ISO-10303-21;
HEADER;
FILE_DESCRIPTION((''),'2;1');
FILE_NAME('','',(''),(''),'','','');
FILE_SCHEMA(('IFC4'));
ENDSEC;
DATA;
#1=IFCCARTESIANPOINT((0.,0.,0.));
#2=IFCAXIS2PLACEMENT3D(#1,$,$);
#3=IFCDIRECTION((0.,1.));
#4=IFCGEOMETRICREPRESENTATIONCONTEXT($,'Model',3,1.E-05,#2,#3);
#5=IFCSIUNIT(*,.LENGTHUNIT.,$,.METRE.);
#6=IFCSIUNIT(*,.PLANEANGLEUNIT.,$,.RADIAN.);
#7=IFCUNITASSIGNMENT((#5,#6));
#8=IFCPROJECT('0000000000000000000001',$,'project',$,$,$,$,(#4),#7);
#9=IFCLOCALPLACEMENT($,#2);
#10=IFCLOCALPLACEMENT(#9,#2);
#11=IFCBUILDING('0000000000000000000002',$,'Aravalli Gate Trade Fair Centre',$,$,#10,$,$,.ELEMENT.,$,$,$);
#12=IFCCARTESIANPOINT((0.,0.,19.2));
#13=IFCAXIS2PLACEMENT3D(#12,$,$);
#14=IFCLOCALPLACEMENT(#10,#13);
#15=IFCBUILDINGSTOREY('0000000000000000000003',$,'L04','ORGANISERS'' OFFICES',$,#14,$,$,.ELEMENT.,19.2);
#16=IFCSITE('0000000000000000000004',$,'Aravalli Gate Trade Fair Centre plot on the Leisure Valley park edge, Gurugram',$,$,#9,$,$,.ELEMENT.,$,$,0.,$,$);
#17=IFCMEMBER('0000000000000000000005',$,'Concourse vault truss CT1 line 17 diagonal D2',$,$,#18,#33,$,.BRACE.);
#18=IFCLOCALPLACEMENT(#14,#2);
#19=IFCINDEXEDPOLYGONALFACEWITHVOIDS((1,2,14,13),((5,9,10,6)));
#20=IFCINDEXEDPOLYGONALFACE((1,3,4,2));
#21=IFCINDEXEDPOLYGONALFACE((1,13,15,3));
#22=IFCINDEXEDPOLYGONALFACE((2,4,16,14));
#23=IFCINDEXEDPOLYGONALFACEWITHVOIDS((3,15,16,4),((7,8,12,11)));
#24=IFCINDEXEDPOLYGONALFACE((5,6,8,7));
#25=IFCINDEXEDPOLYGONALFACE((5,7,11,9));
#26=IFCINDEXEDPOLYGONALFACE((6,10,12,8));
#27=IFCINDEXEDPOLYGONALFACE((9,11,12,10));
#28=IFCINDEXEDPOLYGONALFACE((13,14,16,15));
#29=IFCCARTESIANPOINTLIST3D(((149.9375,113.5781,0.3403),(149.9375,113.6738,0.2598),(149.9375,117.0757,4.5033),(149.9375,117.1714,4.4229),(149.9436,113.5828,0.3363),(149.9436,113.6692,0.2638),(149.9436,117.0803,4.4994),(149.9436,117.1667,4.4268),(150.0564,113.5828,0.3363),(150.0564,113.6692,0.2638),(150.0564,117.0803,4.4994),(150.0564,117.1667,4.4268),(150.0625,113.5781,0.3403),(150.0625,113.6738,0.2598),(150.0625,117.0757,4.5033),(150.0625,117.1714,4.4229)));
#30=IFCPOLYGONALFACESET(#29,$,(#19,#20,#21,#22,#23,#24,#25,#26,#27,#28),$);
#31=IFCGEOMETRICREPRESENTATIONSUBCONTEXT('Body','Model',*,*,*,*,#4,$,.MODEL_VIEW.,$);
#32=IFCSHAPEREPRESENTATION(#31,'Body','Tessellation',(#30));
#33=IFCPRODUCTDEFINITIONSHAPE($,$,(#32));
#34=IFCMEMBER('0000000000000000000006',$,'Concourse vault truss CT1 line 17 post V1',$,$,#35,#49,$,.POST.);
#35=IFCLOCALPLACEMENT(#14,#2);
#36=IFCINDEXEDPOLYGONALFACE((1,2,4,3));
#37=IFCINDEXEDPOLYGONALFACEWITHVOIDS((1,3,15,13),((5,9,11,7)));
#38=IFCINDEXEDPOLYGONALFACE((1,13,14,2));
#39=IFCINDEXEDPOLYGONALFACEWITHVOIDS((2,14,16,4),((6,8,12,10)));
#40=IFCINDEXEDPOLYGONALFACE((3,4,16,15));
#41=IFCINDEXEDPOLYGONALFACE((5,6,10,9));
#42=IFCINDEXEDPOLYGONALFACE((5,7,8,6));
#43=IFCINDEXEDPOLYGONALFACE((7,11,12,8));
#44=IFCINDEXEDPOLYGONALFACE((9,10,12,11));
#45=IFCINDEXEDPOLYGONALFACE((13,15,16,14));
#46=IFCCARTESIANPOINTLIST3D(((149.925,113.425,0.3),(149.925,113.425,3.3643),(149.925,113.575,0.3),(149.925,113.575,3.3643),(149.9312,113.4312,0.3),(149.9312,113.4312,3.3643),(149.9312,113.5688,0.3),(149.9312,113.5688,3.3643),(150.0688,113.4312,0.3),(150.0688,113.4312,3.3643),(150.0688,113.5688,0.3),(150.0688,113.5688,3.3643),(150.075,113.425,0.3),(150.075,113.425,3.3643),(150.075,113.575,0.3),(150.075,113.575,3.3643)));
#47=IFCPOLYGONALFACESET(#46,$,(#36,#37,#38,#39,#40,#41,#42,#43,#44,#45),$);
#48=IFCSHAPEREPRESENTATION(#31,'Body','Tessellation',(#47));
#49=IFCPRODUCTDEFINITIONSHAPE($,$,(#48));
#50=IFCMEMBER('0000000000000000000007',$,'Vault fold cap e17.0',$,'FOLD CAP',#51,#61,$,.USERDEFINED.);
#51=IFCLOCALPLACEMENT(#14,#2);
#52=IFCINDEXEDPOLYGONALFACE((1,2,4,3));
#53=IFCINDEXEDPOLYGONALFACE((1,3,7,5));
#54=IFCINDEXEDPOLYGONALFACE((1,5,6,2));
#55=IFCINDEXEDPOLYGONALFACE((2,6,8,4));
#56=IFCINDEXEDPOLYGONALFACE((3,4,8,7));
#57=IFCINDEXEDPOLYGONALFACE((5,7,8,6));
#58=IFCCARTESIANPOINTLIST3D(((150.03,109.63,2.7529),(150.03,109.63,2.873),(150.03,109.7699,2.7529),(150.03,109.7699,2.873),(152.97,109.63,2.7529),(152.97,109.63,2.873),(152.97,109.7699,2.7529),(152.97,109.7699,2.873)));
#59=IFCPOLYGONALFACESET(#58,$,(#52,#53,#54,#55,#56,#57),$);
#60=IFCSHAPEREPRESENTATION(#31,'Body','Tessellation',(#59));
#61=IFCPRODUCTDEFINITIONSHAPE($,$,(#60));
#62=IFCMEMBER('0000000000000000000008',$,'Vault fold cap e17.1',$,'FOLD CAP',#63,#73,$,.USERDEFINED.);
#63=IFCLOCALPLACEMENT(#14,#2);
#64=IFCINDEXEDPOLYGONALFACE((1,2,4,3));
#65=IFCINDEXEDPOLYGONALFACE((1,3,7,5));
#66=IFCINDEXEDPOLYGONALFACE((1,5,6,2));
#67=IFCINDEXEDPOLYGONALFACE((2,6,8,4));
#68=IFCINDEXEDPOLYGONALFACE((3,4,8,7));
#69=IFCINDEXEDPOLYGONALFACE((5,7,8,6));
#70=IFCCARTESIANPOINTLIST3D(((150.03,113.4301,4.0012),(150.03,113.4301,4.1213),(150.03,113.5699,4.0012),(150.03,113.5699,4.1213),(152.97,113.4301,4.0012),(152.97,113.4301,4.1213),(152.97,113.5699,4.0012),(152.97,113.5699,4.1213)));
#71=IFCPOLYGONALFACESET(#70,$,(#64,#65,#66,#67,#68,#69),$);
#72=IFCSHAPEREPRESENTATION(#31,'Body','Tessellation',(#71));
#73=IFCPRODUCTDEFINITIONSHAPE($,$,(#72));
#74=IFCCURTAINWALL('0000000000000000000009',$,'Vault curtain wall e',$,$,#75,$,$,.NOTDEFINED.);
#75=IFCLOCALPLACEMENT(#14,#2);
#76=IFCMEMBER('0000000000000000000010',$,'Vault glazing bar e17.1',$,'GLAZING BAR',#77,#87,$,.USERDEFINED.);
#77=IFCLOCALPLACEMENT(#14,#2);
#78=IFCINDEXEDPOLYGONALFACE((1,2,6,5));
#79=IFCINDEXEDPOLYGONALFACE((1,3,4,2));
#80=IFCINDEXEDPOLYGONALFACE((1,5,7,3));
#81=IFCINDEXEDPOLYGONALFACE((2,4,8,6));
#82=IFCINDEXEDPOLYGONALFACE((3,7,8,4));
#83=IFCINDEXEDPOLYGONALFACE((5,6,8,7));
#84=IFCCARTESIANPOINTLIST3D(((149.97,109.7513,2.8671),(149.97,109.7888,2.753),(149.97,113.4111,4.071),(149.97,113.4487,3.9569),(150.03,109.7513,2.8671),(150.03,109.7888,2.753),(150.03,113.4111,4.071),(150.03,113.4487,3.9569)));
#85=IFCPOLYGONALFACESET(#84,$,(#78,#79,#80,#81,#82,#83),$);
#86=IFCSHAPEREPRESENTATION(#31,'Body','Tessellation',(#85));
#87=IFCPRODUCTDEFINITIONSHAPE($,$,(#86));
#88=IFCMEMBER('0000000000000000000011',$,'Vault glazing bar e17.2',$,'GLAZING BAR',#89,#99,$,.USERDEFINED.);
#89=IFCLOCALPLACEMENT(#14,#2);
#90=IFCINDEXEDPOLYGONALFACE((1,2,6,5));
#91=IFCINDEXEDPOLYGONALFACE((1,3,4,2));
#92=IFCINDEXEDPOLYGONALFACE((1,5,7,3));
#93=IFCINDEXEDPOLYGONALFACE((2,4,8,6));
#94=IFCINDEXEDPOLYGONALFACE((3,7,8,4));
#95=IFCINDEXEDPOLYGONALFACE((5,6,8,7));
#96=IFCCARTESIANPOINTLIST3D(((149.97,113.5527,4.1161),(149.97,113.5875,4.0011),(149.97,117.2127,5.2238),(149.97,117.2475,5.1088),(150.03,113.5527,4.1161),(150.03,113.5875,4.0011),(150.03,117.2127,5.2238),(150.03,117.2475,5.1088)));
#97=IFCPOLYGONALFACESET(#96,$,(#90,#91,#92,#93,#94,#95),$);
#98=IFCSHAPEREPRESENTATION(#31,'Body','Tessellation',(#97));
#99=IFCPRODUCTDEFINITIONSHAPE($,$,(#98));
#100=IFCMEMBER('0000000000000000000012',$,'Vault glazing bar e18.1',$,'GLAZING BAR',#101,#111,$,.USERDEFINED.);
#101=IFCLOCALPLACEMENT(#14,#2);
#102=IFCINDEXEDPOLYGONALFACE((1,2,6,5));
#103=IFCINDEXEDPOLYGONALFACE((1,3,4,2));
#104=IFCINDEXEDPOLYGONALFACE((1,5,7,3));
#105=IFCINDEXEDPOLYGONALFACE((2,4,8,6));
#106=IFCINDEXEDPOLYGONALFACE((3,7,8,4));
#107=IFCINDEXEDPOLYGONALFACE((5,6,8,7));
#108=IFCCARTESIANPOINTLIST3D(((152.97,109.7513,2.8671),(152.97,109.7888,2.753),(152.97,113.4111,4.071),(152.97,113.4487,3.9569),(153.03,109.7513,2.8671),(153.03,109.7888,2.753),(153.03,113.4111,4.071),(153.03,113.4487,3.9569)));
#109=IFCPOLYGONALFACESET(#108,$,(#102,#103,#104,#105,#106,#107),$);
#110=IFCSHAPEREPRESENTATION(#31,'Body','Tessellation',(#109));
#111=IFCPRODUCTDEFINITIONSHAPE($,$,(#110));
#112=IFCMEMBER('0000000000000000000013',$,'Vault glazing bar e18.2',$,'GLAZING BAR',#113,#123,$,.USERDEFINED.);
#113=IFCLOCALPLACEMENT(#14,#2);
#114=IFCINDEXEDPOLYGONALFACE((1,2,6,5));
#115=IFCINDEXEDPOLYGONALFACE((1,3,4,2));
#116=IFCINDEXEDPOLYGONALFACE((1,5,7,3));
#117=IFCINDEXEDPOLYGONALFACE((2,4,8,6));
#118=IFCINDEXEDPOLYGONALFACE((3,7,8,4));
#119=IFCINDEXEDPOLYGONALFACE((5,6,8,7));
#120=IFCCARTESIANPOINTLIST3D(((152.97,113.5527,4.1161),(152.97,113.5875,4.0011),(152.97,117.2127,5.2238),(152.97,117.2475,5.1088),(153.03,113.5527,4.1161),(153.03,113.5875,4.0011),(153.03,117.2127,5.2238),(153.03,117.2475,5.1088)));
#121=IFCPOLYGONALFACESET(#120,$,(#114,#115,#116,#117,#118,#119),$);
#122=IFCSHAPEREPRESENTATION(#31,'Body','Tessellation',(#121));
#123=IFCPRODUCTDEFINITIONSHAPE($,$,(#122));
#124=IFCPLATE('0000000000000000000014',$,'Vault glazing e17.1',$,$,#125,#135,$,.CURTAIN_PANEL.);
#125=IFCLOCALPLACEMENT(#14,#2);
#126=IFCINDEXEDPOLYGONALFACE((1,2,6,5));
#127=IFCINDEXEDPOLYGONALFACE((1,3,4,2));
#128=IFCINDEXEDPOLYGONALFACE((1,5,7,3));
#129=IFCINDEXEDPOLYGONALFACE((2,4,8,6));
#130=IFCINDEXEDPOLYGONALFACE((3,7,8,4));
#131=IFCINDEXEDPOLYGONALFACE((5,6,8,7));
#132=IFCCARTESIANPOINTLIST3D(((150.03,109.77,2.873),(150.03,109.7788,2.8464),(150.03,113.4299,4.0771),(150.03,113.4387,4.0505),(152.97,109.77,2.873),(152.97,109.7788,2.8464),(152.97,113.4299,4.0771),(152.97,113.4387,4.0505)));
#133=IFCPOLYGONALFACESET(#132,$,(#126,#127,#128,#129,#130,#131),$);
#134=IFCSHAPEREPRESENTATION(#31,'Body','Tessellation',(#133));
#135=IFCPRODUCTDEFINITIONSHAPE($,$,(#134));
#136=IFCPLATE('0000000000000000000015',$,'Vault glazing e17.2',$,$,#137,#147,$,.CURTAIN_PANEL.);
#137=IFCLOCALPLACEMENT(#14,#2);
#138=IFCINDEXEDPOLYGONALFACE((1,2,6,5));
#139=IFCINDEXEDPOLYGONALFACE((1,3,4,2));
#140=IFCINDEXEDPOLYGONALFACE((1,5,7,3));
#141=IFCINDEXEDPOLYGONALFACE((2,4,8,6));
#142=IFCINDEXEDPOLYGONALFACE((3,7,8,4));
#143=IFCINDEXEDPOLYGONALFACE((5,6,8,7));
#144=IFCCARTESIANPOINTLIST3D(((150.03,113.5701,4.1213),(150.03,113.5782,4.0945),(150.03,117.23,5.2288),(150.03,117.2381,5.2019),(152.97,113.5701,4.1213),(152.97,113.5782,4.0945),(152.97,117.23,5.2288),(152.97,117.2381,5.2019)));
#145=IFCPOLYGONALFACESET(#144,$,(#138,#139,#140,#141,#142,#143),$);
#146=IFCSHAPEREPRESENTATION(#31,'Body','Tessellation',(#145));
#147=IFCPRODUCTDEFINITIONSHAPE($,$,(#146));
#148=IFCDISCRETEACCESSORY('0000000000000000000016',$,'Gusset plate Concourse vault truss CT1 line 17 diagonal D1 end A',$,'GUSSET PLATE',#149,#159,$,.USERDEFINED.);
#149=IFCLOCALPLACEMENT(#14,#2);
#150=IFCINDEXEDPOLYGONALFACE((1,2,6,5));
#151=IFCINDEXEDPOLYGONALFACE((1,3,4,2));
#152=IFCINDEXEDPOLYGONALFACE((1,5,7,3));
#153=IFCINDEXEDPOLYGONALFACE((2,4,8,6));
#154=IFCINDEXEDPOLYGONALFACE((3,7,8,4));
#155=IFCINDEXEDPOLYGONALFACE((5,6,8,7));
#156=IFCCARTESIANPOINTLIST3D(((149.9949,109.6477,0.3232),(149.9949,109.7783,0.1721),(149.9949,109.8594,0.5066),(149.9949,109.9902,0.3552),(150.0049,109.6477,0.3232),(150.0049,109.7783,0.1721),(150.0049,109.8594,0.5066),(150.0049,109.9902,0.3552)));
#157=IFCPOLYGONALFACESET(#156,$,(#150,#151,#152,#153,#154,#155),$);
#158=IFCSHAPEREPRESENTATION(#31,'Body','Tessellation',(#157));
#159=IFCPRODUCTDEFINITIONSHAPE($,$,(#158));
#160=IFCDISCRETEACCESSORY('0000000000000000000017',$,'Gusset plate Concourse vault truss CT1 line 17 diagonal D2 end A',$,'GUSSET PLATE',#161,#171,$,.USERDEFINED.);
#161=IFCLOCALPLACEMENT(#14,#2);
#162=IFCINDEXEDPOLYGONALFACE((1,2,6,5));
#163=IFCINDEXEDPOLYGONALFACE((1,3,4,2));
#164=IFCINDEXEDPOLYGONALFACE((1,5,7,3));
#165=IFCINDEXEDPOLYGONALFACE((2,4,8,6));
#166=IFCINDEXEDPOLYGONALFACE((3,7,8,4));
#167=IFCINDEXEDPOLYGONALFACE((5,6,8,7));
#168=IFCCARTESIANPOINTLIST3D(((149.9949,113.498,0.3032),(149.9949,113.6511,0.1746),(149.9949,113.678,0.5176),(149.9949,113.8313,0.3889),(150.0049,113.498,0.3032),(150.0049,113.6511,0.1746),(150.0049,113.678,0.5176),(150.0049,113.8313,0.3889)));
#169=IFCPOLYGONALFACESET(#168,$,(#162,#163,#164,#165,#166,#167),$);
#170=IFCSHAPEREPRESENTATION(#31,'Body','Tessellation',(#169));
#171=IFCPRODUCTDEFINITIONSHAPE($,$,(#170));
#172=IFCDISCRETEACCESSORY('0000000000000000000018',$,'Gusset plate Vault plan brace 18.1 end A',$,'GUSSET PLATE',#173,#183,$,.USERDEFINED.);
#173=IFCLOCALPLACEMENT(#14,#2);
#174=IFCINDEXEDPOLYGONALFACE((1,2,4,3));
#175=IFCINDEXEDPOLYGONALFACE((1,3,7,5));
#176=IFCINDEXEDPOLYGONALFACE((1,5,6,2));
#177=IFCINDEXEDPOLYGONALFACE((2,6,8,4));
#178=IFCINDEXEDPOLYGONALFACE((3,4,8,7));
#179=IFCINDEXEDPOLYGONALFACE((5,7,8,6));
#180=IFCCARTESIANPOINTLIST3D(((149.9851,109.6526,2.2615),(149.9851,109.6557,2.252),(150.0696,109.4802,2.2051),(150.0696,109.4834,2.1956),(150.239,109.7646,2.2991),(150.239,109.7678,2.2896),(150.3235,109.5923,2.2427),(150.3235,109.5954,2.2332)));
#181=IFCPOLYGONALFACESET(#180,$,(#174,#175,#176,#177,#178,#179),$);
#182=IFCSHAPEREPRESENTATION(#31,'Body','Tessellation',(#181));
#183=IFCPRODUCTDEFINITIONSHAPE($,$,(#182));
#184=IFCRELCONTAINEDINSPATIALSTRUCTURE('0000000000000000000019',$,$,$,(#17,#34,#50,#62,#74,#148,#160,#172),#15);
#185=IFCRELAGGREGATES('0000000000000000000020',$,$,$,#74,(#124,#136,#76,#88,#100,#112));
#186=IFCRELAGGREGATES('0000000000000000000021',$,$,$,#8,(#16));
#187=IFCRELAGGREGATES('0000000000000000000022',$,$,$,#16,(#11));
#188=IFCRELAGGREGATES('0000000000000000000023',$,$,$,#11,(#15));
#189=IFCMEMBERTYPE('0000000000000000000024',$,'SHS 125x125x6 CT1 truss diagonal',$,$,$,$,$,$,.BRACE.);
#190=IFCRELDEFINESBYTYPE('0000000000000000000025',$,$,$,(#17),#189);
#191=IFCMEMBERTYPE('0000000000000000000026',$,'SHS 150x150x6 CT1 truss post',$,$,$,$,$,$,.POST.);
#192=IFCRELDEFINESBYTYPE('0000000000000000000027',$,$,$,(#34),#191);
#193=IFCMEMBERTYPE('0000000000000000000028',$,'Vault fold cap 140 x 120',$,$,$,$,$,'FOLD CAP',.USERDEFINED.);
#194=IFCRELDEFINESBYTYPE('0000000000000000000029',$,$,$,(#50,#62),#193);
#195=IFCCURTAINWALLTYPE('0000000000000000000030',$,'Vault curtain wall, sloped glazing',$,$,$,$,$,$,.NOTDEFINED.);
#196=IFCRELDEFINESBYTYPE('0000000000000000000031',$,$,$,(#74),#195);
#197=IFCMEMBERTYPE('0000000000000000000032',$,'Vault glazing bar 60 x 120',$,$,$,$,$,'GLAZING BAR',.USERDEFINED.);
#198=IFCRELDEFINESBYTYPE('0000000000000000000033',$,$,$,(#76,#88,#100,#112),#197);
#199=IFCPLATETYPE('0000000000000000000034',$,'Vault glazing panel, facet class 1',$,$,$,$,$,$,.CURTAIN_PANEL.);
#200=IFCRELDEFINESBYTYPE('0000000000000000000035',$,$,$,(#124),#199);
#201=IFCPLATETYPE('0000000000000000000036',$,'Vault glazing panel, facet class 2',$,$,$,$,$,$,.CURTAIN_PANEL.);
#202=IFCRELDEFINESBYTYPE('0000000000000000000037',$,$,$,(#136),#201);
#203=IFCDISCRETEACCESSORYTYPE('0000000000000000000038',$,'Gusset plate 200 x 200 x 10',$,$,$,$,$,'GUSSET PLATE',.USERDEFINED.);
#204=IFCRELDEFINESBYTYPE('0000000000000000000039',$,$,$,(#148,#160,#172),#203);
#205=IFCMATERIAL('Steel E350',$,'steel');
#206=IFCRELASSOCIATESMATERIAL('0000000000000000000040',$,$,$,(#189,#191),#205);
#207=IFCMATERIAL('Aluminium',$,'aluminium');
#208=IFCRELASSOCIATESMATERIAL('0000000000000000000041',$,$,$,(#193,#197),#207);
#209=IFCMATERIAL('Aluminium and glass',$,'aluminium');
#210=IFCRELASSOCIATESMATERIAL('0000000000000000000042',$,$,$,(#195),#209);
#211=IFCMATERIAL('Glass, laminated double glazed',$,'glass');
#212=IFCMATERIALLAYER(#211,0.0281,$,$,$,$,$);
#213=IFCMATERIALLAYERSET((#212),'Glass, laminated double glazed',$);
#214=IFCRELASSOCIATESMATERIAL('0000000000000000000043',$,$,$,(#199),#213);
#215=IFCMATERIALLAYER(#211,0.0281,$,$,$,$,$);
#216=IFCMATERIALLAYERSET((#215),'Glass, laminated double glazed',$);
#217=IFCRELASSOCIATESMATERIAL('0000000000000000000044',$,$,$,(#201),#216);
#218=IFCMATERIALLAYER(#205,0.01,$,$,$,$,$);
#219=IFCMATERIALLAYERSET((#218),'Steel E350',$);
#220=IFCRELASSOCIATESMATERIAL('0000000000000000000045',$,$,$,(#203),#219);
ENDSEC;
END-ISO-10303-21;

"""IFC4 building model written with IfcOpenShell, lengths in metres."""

from ifc_helpers import new_model, si_unit, direction, frame, origin, origin_2d, place, context, subcontext, project, spatial, polyline, rectangle, hollow_rectangle, outline, extrude, material, layer, layer_set, material_profile, profile_set, type_object, element, aggregate, save


model = new_model("IFC4")

# Units and contexts
model_context = context("Model", 3, precision=1e-05, world=origin(), true_north=direction((0.0, 1.0)))
body_context = subcontext(model_context, "Body", "Model", "MODEL_VIEW")
ifc_project = project(units=[si_unit("LENGTHUNIT", "METRE"), si_unit("PLANEANGLEUNIT", "RADIAN")], contexts=[model_context])

# Site, building, storey
site_placement = place(None, origin())
site = spatial("IfcSite", under=ifc_project, at=site_placement, Name="Aravalli Gate Trade Fair Centre plot on the Leisure Valley park edge, Gurugram", CompositionType="ELEMENT", RefElevation=0.0)
building_placement = place(site_placement, origin())
building = spatial("IfcBuilding", under=site, at=building_placement, Name="Aravalli Gate Trade Fair Centre", CompositionType="ELEMENT")
storey_placement = place(building_placement, frame((0.0, 0.0, 19.2)))
storey = spatial("IfcBuildingStorey", under=building, at=storey_placement, Name="L04", Description="ORGANISERS' OFFICES", CompositionType="ELEMENT", Elevation=19.2)

# Members
ifc_material_1 = material(Name="Steel E350", Category="steel")
ifc_material_profile_1 = material_profile(ifc_material_1, hollow_rectangle(XDim=0.125, YDim=0.125, WallThickness=0.0061, at=origin_2d()), Name="SHS 125x125x6")
ifc_profile_set_1 = profile_set([ifc_material_profile_1], Name="Steel E350")
member_type_1 = type_object("IfcMemberType", Name="SHS 125x125x6 CT1 truss diagonal", PredefinedType="BRACE", material=ifc_profile_set_1)
member_1_placement = place(storey_placement, frame((150.0, 113.626, 0.3), z_axis=(0.0, 0.643253, 0.765654), x_axis=(-1.0, 0.0, 0.0)))
element("IfcMember", 1, at=member_1_placement, inside=storey, type_object=member_type_1, Name="Concourse vault truss CT1 line 17 diagonal D2", PredefinedType="BRACE", context=body_context, shape_type="SweptSolid", body=[
    extrude(hollow_rectangle(XDim=0.125, YDim=0.125, WallThickness=0.0061, at=origin_2d()), origin(), (0.0, 0.0, 1.0), 5.4373),
])
ifc_material_profile_2 = material_profile(ifc_material_1, hollow_rectangle(XDim=0.1499, YDim=0.1499, WallThickness=0.0061, at=origin_2d()), Name="SHS 150x150x6")
ifc_profile_set_2 = profile_set([ifc_material_profile_2], Name="Steel E350")
member_type_2 = type_object("IfcMemberType", Name="SHS 150x150x6 CT1 truss post", PredefinedType="POST", material=ifc_profile_set_2)
member_2_placement = place(storey_placement, frame((150.0, 113.5, 0.3), z_axis=(0.0, 0.0, 1.0), x_axis=(1.0, 0.0, 0.0)))
element("IfcMember", 2, at=member_2_placement, inside=storey, type_object=member_type_2, Name="Concourse vault truss CT1 line 17 post V1", PredefinedType="POST", context=body_context, shape_type="SweptSolid", body=[
    extrude(hollow_rectangle(XDim=0.1499, YDim=0.1499, WallThickness=0.0061, at=origin_2d()), origin(), (0.0, 0.0, 1.0), 3.0642),
])
ifc_material_2 = material(Name="Aluminium", Category="aluminium")
ifc_material_profile_3 = material_profile(ifc_material_2, rectangle(XDim=0.1399, YDim=0.1201, at=origin_2d()), Name="Vault fold cap 140 x 120")
ifc_profile_set_3 = profile_set([ifc_material_profile_3], Name="Aluminium")
member_type_3 = type_object("IfcMemberType", Name="Vault fold cap 140 x 120", ElementType="FOLD CAP", PredefinedType="USERDEFINED", material=ifc_profile_set_3)
for number, where, z_axis, x_axis, name in (
    (3, (150.03, 109.7, 2.813), (1.0, 0.0, 0.0), (0.0, 1.0, 0.0), "Vault fold cap e17.0"),
    (4, (150.03, 113.5, 4.0613), (1.0, 0.0, 0.0), (0.0, 1.0, 0.0), "Vault fold cap e17.1"),
):
    element("IfcMember", number, at=place(storey_placement, frame(where, z_axis=z_axis, x_axis=x_axis)), inside=storey, type_object=member_type_3, Name=name, ObjectType="FOLD CAP", PredefinedType="USERDEFINED", context=body_context, shape_type="SweptSolid", body=[
        extrude(rectangle(XDim=0.1399, YDim=0.1201, at=origin_2d()), origin(), (0.0, 0.0, 1.0), 2.9399),
    ])

# Curtain wall, members, plates
ifc_material_3 = material(Name="Aluminium and glass", Category="aluminium")
curtain_wall_type = type_object("IfcCurtainWallType", Name="Vault curtain wall, sloped glazing", PredefinedType="NOTDEFINED", material=ifc_material_3)
curtain_wall_placement = place(storey_placement, origin())
curtain_wall = element("IfcCurtainWall", 5, at=curtain_wall_placement, inside=storey, type_object=curtain_wall_type, Name="Vault curtain wall e", PredefinedType="NOTDEFINED")
ifc_material_profile_4 = material_profile(ifc_material_2, rectangle(XDim=0.0601, YDim=0.1201, at=origin_2d()), Name="Vault glazing bar 60 x 120")
ifc_profile_set_4 = profile_set([ifc_material_profile_4], Name="Aluminium")
member_type_4 = type_object("IfcMemberType", Name="Vault glazing bar 60 x 120", ElementType="GLAZING BAR", PredefinedType="USERDEFINED", material=ifc_profile_set_4)
member_3_placement = place(storey_placement, frame((150.0, 109.77, 2.8101), z_axis=(0.0, 0.94993, 0.312461), x_axis=(-1.0, 0.0, 0.0)))
member_3 = element("IfcMember", 6, at=member_3_placement, type_object=member_type_4, Name="Vault glazing bar e17.1", ObjectType="GLAZING BAR", PredefinedType="USERDEFINED", context=body_context, shape_type="SweptSolid", body=[
    extrude(rectangle(XDim=0.0601, YDim=0.1201, at=origin_2d()), origin(), (0.0, 0.0, 1.0), 3.8528),
])
member_4_placement = place(storey_placement, frame((150.0, 113.5701, 4.0586), z_axis=(0.0, 0.957126, 0.289672), x_axis=(-1.0, 0.0, 0.0)))
member_4 = element("IfcMember", 7, at=member_4_placement, type_object=member_type_4, Name="Vault glazing bar e17.2", ObjectType="GLAZING BAR", PredefinedType="USERDEFINED", context=body_context, shape_type="SweptSolid", body=[
    extrude(rectangle(XDim=0.0601, YDim=0.1201, at=origin_2d()), origin(), (0.0, 0.0, 1.0), 3.824),
])
member_5_placement = place(storey_placement, frame((153.0, 109.77, 2.8101), z_axis=(0.0, 0.94993, 0.312461), x_axis=(-1.0, 0.0, 0.0)))
member_5 = element("IfcMember", 8, at=member_5_placement, type_object=member_type_4, Name="Vault glazing bar e18.1", ObjectType="GLAZING BAR", PredefinedType="USERDEFINED", context=body_context, shape_type="SweptSolid", body=[
    extrude(rectangle(XDim=0.0601, YDim=0.1201, at=origin_2d()), origin(), (0.0, 0.0, 1.0), 3.8528),
])
member_6_placement = place(storey_placement, frame((153.0, 113.5701, 4.0586), z_axis=(0.0, 0.957126, 0.289672), x_axis=(-1.0, 0.0, 0.0)))
member_6 = element("IfcMember", 9, at=member_6_placement, type_object=member_type_4, Name="Vault glazing bar e18.2", ObjectType="GLAZING BAR", PredefinedType="USERDEFINED", context=body_context, shape_type="SweptSolid", body=[
    extrude(rectangle(XDim=0.0601, YDim=0.1201, at=origin_2d()), origin(), (0.0, 0.0, 1.0), 3.824),
])
ifc_material_4 = material(Name="Glass, laminated double glazed", Category="glass")
ifc_layer_1 = layer(ifc_material_4, 0.0281)
ifc_layer_set_1 = layer_set([ifc_layer_1], Name="Glass, laminated double glazed")
plate_type_1 = type_object("IfcPlateType", Name="Vault glazing panel, facet class 1", PredefinedType="CURTAIN_PANEL", material=ifc_layer_set_1)
plate_1_placement = place(storey_placement, frame((150.03, 109.77, 2.873), z_axis=(0.0, -0.312518, 0.949912), x_axis=(1.0, 0.0, 0.0)))
plate_1 = element("IfcPlate", 10, at=plate_1_placement, type_object=plate_type_1, Name="Vault glazing e17.1", PredefinedType="CURTAIN_PANEL", context=body_context, shape_type="SweptSolid", body=[
    extrude(outline(polyline([(0.0, 0.0), (2.9399, 0.0), (2.9399, 3.8529), (0.0, 3.8529), (0.0, 0.0)])), origin(), (0.0, 0.0, -1.0), 0.0281),
])
ifc_layer_2 = layer(ifc_material_4, 0.0281)
ifc_layer_set_2 = layer_set([ifc_layer_2], Name="Glass, laminated double glazed")
plate_type_2 = type_object("IfcPlateType", Name="Vault glazing panel, facet class 2", PredefinedType="CURTAIN_PANEL", material=ifc_layer_set_2)
plate_2_placement = place(storey_placement, frame((150.03, 113.5701, 4.1213), z_axis=(0.0, -0.289614, 0.957144), x_axis=(1.0, 0.0, 0.0)))
plate_2 = element("IfcPlate", 11, at=plate_2_placement, type_object=plate_type_2, Name="Vault glazing e17.2", PredefinedType="CURTAIN_PANEL", context=body_context, shape_type="SweptSolid", body=[
    extrude(outline(polyline([(0.0, 0.0), (2.9399, 0.0), (2.9399, 3.8238), (0.0, 3.8238), (0.0, 0.0)])), origin(), (0.0, 0.0, -1.0), 0.0281),
])
aggregate(curtain_wall, [plate_1, plate_2, member_3, member_4, member_5, member_6])

# Discrete accessories
ifc_layer_3 = layer(ifc_material_1, 0.01)
ifc_layer_set_3 = layer_set([ifc_layer_3], Name="Steel E350")
discrete_accessory_type = type_object("IfcDiscreteAccessoryType", Name="Gusset plate 200 x 200 x 10", ElementType="GUSSET PLATE", PredefinedType="USERDEFINED", material=ifc_layer_set_3)
discrete_accessory_1_placement = place(storey_placement, frame((150.0049, 109.8594, 0.5066), z_axis=(1.0, 0.0, 0.0), x_axis=(0.0, -0.755862, -0.654731)))
element("IfcDiscreteAccessory", 12, at=discrete_accessory_1_placement, inside=storey, type_object=discrete_accessory_type, Name="Gusset plate Concourse vault truss CT1 line 17 diagonal D1 end A", ObjectType="GUSSET PLATE", PredefinedType="USERDEFINED", context=body_context, shape_type="SweptSolid", body=[
    extrude(outline(polyline([(0.0, 0.0), (0.28, 0.0), (0.2803, 0.1997), (0.0002, 0.2001), (0.0, 0.0)])), origin(), (0.0, 0.0, -1.0), 0.01),
])
discrete_accessory_2_placement = place(storey_placement, frame((150.0049, 113.678, 0.5176), z_axis=(1.0, 0.0, 0.0), x_axis=(0.0, -0.642926, -0.765928)))
element("IfcDiscreteAccessory", 13, at=discrete_accessory_2_placement, inside=storey, type_object=discrete_accessory_type, Name="Gusset plate Concourse vault truss CT1 line 17 diagonal D2 end A", ObjectType="GUSSET PLATE", PredefinedType="USERDEFINED", context=body_context, shape_type="SweptSolid", body=[
    extrude(outline(polyline([(0.0, 0.0), (0.2799, 0.0), (0.28, 0.2), (0.0, 0.2002), (0.0, 0.0)])), origin(), (0.0, 0.0, -1.0), 0.01),
])
discrete_accessory_3_placement = place(storey_placement, frame((150.3235, 109.5923, 2.2427), z_axis=(-0.002867, -0.31224, 0.949999), x_axis=(-0.906579, -0.400115, -0.134244)))
element("IfcDiscreteAccessory", 14, at=discrete_accessory_3_placement, inside=storey, type_object=discrete_accessory_type, Name="Gusset plate Vault plan brace 18.1 end A", ObjectType="GUSSET PLATE", PredefinedType="USERDEFINED", context=body_context, shape_type="SweptSolid", body=[
    extrude(outline(polyline([(0.0, 0.0), (0.2801, 0.0), (0.2801, -0.2001), (0.0, -0.2001), (0.0, 0.0)])), origin(), (0.0, 0.0, -1.0), 0.01),
])

save(model, "model.ifc")
